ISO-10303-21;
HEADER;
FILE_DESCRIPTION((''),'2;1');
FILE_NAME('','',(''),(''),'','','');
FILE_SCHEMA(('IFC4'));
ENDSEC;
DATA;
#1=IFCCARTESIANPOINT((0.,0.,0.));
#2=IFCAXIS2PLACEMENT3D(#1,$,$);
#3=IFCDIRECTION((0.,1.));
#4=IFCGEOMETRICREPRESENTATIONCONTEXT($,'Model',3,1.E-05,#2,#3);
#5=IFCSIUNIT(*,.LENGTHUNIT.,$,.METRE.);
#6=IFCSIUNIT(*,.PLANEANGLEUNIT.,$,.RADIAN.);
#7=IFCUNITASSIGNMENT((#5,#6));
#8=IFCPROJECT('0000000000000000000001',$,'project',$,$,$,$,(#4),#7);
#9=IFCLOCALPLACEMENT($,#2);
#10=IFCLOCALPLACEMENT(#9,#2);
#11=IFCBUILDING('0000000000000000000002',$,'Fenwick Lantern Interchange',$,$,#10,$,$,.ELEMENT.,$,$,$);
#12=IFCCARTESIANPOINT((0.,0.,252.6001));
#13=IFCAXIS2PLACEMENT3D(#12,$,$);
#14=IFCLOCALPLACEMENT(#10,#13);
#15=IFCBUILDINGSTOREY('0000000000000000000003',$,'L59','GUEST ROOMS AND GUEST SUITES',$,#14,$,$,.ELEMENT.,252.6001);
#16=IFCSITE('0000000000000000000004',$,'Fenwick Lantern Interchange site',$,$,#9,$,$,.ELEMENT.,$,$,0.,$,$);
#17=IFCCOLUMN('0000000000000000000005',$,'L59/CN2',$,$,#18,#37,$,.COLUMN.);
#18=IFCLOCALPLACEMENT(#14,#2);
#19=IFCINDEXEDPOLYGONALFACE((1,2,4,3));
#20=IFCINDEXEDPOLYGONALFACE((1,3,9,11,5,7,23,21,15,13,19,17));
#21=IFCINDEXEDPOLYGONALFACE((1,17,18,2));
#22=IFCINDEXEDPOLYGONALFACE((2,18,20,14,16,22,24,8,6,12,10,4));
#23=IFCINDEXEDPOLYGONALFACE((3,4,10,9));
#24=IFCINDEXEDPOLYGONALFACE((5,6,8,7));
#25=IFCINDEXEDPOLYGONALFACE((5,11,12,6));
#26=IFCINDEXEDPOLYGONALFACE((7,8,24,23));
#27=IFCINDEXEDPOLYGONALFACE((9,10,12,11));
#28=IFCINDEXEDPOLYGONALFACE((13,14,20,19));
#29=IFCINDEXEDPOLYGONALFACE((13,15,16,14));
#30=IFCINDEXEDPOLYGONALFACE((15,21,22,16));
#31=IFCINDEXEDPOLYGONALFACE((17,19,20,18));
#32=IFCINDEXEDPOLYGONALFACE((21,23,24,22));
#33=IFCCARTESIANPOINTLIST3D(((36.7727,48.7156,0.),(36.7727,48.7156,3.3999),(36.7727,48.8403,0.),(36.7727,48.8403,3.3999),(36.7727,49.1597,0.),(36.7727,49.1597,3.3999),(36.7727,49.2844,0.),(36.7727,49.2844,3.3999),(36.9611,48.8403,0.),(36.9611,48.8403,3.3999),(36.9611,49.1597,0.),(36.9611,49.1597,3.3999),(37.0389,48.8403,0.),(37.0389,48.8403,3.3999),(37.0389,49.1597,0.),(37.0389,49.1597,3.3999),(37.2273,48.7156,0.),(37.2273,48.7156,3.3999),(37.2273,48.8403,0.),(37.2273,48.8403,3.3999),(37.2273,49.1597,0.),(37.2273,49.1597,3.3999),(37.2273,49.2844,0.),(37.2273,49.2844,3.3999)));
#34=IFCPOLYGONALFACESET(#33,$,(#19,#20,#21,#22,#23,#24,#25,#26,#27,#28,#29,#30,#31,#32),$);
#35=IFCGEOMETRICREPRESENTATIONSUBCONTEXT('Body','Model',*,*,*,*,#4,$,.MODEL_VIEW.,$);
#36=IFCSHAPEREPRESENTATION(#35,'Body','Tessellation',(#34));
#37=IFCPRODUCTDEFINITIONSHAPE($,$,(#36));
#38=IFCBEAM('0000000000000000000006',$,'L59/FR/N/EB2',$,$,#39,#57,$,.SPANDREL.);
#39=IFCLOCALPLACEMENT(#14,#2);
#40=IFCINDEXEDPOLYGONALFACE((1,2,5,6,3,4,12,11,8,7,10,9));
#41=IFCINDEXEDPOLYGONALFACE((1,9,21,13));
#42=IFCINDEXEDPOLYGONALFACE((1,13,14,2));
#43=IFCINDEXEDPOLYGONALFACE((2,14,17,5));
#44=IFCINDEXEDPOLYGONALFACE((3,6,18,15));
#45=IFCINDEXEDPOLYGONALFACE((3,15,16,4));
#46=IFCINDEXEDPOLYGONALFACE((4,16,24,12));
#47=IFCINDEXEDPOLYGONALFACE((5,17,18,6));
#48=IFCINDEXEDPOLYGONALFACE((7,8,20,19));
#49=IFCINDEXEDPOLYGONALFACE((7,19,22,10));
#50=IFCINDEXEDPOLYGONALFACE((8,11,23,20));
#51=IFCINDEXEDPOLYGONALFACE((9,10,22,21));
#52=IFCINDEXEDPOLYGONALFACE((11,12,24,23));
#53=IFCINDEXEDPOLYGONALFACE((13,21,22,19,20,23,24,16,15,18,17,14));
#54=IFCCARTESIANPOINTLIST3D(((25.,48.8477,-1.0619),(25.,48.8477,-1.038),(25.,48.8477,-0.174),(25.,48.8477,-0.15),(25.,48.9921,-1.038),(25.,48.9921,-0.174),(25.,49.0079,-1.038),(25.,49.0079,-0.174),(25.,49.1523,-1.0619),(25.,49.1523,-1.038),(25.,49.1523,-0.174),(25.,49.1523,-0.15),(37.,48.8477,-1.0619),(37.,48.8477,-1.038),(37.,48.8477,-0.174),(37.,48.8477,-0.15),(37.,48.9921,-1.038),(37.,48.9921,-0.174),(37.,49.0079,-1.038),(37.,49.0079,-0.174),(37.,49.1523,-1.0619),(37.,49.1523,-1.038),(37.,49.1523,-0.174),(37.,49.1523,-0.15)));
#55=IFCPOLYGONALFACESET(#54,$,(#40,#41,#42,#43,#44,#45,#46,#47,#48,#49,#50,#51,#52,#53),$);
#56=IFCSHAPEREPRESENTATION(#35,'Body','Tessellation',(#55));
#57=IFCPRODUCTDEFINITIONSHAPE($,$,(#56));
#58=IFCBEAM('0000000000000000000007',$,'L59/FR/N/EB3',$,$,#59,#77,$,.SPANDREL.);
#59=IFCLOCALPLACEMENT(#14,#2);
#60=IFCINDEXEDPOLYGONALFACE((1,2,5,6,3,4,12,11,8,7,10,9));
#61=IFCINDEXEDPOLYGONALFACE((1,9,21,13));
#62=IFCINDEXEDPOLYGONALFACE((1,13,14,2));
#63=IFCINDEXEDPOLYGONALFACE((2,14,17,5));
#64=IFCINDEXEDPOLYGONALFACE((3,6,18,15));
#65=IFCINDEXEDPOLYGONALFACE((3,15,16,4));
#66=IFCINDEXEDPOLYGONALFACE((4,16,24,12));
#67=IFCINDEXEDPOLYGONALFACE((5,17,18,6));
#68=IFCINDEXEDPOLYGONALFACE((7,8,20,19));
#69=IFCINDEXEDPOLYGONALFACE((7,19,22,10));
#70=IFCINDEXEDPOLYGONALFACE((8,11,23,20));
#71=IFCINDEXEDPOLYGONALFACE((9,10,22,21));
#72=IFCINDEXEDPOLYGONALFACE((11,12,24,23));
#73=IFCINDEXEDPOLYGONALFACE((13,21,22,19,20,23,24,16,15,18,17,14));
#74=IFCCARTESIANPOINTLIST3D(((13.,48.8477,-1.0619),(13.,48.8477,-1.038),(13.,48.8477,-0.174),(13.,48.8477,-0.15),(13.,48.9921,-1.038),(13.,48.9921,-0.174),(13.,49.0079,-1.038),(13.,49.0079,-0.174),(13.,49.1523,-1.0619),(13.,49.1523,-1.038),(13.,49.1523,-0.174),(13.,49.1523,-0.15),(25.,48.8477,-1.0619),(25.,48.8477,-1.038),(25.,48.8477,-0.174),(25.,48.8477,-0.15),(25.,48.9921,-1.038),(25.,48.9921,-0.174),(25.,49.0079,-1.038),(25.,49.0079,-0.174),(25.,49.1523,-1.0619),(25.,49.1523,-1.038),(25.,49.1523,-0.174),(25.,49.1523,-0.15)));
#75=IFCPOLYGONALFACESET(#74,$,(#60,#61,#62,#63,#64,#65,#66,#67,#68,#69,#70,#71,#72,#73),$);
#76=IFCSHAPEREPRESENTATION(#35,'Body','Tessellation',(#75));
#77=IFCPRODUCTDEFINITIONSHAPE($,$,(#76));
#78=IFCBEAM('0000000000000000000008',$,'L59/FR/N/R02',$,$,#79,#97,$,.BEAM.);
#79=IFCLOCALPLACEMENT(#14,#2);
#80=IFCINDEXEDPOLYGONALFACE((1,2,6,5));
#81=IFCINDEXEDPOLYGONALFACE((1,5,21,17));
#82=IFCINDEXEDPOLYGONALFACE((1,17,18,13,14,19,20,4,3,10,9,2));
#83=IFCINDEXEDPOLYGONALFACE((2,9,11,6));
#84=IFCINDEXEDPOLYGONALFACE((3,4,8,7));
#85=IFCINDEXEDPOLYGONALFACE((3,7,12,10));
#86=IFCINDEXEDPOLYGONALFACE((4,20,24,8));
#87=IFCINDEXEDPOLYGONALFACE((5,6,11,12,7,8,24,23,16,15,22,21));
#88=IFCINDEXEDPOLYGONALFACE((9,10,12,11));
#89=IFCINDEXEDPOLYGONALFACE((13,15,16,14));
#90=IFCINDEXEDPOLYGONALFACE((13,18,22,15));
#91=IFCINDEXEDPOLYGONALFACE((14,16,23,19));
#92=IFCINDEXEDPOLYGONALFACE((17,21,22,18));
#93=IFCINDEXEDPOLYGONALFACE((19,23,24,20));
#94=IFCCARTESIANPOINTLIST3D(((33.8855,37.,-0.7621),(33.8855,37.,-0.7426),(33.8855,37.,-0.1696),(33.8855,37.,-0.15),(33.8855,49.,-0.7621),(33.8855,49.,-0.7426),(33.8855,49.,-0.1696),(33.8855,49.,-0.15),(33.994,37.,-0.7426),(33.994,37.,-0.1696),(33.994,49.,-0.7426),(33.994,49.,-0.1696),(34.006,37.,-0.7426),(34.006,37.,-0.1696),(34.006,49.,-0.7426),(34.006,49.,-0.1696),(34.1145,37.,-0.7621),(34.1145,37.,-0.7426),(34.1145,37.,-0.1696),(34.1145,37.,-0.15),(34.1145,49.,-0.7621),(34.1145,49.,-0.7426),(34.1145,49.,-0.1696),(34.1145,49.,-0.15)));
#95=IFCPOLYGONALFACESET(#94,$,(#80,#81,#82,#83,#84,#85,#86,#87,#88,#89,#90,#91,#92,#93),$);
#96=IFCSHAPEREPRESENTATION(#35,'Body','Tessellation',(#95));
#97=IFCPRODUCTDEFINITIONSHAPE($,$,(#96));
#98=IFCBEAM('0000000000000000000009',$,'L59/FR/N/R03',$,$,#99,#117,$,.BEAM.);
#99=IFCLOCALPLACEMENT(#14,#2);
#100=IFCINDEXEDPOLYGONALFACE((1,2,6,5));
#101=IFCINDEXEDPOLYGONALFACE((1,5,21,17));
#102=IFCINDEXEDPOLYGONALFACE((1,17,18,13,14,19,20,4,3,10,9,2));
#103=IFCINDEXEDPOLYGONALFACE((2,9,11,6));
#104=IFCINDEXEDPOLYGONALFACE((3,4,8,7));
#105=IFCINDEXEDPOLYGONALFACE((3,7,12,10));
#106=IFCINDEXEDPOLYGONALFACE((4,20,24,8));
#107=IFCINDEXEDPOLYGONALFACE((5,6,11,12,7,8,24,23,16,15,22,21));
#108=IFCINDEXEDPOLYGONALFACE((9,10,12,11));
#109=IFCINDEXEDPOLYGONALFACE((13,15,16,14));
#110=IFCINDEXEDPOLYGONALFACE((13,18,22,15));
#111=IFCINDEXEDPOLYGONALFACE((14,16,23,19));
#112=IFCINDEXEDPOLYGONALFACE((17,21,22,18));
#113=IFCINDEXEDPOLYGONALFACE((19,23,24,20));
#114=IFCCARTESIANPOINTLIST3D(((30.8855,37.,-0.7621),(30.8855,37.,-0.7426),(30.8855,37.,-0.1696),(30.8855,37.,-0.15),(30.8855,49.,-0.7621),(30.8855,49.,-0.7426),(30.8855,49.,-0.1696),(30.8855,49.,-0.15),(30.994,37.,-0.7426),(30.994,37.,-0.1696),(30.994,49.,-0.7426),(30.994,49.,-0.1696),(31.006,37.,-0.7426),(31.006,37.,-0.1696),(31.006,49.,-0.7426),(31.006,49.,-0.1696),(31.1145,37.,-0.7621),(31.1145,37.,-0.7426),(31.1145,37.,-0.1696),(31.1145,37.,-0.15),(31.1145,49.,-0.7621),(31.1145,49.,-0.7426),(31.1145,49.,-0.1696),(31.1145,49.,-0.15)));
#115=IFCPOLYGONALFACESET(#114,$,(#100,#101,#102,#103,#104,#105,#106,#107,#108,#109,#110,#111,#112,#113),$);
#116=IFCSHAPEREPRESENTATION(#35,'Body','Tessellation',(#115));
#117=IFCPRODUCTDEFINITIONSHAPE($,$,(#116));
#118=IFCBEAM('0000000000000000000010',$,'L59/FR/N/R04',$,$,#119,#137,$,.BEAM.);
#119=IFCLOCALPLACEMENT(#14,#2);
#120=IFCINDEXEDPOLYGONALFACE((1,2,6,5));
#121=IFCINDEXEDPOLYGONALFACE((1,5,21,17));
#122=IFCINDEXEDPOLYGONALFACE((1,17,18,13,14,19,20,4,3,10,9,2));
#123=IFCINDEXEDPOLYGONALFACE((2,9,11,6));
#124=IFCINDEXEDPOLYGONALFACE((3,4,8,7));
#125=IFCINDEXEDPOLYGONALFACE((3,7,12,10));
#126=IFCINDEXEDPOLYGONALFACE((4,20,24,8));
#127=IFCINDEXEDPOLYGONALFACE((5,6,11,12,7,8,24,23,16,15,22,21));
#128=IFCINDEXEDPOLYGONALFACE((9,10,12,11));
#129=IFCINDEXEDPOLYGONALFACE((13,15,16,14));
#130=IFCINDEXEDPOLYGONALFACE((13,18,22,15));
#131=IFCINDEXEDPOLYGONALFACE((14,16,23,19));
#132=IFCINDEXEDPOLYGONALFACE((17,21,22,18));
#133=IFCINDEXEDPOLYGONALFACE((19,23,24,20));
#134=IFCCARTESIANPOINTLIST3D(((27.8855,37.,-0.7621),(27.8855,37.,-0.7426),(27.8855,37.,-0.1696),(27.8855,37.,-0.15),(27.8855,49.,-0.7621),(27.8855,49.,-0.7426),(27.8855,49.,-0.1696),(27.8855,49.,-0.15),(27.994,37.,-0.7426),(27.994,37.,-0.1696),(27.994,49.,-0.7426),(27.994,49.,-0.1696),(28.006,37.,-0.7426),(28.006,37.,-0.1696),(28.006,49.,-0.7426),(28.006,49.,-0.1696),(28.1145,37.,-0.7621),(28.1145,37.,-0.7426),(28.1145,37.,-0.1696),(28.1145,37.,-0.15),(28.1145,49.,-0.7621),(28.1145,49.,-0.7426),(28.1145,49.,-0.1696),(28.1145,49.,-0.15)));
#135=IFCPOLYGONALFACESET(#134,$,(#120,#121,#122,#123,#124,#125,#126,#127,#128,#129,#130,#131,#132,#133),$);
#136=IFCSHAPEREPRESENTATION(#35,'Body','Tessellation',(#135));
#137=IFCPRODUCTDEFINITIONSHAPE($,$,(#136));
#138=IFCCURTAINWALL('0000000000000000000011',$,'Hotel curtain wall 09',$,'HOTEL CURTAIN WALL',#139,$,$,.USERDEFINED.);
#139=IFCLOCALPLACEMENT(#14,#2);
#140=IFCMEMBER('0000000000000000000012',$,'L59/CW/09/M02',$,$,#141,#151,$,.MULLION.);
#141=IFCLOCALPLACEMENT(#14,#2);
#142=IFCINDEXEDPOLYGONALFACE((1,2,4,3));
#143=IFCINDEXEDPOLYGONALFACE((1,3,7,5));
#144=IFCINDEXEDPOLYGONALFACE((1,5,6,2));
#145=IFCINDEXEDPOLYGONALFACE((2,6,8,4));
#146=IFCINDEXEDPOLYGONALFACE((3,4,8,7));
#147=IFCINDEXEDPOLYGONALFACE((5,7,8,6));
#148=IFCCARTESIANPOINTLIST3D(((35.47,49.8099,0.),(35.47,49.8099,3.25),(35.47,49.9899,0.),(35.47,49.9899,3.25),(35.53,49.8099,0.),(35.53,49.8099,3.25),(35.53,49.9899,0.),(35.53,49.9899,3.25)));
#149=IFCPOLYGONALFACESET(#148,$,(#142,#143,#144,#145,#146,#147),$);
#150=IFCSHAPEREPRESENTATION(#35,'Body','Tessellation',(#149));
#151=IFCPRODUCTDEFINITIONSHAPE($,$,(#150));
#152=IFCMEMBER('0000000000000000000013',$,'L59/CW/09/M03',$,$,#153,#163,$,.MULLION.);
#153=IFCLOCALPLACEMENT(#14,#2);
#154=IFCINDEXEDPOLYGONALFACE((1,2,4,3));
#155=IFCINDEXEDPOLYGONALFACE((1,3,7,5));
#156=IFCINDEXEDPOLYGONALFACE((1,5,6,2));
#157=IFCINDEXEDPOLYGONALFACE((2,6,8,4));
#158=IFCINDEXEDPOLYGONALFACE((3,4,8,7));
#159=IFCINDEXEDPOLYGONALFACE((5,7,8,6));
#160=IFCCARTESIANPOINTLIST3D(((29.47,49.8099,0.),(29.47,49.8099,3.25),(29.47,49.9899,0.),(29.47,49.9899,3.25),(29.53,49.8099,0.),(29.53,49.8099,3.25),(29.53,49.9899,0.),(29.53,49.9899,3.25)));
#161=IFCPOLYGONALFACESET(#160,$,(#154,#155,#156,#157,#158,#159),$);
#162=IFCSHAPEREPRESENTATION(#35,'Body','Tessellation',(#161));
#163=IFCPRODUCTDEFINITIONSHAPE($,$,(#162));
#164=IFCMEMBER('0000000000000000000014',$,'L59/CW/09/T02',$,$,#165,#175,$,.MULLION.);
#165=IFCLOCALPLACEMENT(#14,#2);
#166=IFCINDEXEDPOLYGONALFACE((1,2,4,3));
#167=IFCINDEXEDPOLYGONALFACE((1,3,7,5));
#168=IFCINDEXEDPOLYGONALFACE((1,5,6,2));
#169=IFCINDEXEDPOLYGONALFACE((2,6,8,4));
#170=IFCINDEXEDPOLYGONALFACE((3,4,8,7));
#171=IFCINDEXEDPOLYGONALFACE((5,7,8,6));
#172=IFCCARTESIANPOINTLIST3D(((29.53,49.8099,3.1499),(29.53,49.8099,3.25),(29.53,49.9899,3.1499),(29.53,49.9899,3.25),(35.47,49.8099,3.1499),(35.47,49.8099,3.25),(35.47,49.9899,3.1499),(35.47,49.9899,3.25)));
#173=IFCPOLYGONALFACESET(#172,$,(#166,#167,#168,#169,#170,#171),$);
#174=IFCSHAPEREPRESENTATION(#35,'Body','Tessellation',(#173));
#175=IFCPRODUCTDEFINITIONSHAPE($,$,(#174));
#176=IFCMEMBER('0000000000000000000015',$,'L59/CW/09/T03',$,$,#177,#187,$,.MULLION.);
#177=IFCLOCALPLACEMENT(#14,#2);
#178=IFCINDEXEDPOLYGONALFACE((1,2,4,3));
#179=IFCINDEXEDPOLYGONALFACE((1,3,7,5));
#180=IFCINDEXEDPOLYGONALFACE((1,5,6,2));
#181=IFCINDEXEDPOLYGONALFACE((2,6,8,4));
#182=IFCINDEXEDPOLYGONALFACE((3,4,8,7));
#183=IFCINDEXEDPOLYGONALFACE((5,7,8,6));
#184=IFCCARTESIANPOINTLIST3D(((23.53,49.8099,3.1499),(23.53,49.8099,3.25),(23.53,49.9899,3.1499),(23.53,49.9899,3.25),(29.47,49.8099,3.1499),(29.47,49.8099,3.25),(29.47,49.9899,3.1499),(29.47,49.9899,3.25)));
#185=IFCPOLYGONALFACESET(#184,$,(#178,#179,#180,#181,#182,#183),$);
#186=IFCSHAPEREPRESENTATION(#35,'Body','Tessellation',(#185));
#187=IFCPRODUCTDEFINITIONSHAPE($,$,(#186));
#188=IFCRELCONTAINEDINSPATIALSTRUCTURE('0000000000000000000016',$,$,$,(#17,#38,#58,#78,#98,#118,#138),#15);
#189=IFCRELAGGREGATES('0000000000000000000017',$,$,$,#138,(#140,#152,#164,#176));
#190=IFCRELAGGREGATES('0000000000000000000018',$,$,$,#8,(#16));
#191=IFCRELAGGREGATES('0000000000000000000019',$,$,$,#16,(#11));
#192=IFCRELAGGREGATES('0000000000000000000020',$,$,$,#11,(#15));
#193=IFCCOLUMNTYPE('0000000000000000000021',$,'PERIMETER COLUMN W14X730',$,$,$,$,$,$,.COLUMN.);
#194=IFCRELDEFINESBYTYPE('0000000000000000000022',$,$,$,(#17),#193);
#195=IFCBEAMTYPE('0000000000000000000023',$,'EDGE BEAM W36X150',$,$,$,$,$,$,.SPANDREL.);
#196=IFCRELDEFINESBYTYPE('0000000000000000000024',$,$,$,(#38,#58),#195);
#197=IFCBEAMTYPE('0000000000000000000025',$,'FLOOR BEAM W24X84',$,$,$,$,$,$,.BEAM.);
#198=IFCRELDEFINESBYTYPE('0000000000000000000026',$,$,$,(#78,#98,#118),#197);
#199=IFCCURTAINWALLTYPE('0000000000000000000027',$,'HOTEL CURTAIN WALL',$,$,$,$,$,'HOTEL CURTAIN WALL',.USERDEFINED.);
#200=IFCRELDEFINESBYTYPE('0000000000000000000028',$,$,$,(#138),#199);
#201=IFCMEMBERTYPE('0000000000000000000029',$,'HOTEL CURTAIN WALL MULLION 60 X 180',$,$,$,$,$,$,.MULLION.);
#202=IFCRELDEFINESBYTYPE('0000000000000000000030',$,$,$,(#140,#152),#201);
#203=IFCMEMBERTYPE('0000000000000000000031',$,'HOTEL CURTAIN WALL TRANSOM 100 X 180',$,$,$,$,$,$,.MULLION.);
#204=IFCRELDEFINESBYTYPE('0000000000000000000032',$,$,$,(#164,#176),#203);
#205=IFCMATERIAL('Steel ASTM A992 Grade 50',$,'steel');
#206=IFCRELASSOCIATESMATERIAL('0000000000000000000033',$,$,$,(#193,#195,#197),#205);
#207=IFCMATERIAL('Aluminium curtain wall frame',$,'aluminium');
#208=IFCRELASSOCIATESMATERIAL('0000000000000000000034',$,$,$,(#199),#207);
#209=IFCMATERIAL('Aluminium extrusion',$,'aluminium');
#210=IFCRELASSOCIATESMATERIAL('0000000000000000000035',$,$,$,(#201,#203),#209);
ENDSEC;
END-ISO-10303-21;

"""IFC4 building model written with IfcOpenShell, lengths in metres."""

from ifc_helpers import new_model, si_unit, direction, frame, origin, origin_2d, place, context, subcontext, project, spatial, rectangle, i_section, extrude, material, material_profile, profile_set, type_object, element, aggregate, save


model = new_model("IFC4")

# Units and contexts
model_context = context("Model", 3, precision=1e-05, world=origin(), true_north=direction((0.0, 1.0)))
body_context = subcontext(model_context, "Body", "Model", "MODEL_VIEW")
ifc_project = project(units=[si_unit("LENGTHUNIT", "METRE"), si_unit("PLANEANGLEUNIT", "RADIAN")], contexts=[model_context])

# Site, building, storey
site_placement = place(None, origin())
site = spatial("IfcSite", under=ifc_project, at=site_placement, Name="Fenwick Lantern Interchange site", CompositionType="ELEMENT", RefElevation=0.0)
building_placement = place(site_placement, origin())
building = spatial("IfcBuilding", under=site, at=building_placement, Name="Fenwick Lantern Interchange", CompositionType="ELEMENT")
storey_placement = place(building_placement, frame((0.0, 0.0, 252.6001)))
storey = spatial("IfcBuildingStorey", under=building, at=storey_placement, Name="L59", Description="GUEST ROOMS AND GUEST SUITES", CompositionType="ELEMENT", Elevation=252.6001)

# Column
ifc_material_1 = material(Name="Steel ASTM A992 Grade 50", Category="steel")
ifc_material_profile_1 = material_profile(ifc_material_1, i_section(OverallWidth=0.4546, OverallDepth=0.5688, WebThickness=0.0779, FlangeThickness=0.1248, at=origin_2d()), Name="W14X730")
ifc_profile_set_1 = profile_set([ifc_material_profile_1], Name="Steel ASTM A992 Grade 50")
column_type = type_object("IfcColumnType", Name="PERIMETER COLUMN W14X730", PredefinedType="COLUMN", material=ifc_profile_set_1)
column_placement = place(storey_placement, frame((37.0, 49.0, 0.0), z_axis=(0.0, 0.0, 1.0), x_axis=(1.0, 0.0, 0.0)))
element("IfcColumn", 1, at=column_placement, inside=storey, type_object=column_type, Name="L59/CN2", PredefinedType="COLUMN", context=body_context, shape_type="SweptSolid", body=[
    extrude(i_section(OverallWidth=0.4546, OverallDepth=0.5688, WebThickness=0.0779, FlangeThickness=0.1248, at=origin_2d()), origin(), (0.0, 0.0, 1.0), 3.3999),
])

# Beams
ifc_material_profile_2 = material_profile(ifc_material_1, i_section(OverallWidth=0.3047, OverallDepth=0.9119, WebThickness=0.0159, FlangeThickness=0.0239, at=origin_2d()), Name="W36X150")
ifc_profile_set_2 = profile_set([ifc_material_profile_2], Name="Steel ASTM A992 Grade 50")
beam_type_1 = type_object("IfcBeamType", Name="EDGE BEAM W36X150", PredefinedType="SPANDREL", material=ifc_profile_set_2)
for number, where, z_axis, x_axis, name in (
    (2, (37.0, 49.0, -0.606), (-1.0, 0.0, 0.0), (0.0, -1.0, 0.0), "L59/FR/N/EB2"),
    (3, (25.0, 49.0, -0.606), (-1.0, 0.0, 0.0), (0.0, -1.0, 0.0), "L59/FR/N/EB3"),
):
    element("IfcBeam", number, at=place(storey_placement, frame(where, z_axis=z_axis, x_axis=x_axis)), inside=storey, type_object=beam_type_1, Name=name, PredefinedType="SPANDREL", context=body_context, shape_type="SweptSolid", body=[
        extrude(i_section(OverallWidth=0.3047, OverallDepth=0.9119, WebThickness=0.0159, FlangeThickness=0.0239, at=origin_2d()), origin(), (0.0, 0.0, 1.0), 12.0),
    ])
ifc_material_profile_3 = material_profile(ifc_material_1, i_section(OverallWidth=0.229, OverallDepth=0.6121, WebThickness=0.012, FlangeThickness=0.0195, at=origin_2d()), Name="W24X84")
ifc_profile_set_3 = profile_set([ifc_material_profile_3], Name="Steel ASTM A992 Grade 50")
beam_type_2 = type_object("IfcBeamType", Name="FLOOR BEAM W24X84", PredefinedType="BEAM", material=ifc_profile_set_3)
for number, where, z_axis, x_axis, name in (
    (4, (34.0, 49.0, -0.4561), (0.0, -1.0, 0.0), (1.0, 0.0, 0.0), "L59/FR/N/R02"),
    (5, (31.0, 49.0, -0.4561), (0.0, -1.0, 0.0), (1.0, 0.0, 0.0), "L59/FR/N/R03"),
    (6, (28.0, 49.0, -0.4561), (0.0, -1.0, 0.0), (1.0, 0.0, 0.0), "L59/FR/N/R04"),
):
    element("IfcBeam", number, at=place(storey_placement, frame(where, z_axis=z_axis, x_axis=x_axis)), inside=storey, type_object=beam_type_2, Name=name, PredefinedType="BEAM", context=body_context, shape_type="SweptSolid", body=[
        extrude(i_section(OverallWidth=0.229, OverallDepth=0.6121, WebThickness=0.012, FlangeThickness=0.0195, at=origin_2d()), origin(), (0.0, 0.0, 1.0), 12.0),
    ])

# Curtain wall, members
ifc_material_2 = material(Name="Aluminium curtain wall frame", Category="aluminium")
curtain_wall_type = type_object("IfcCurtainWallType", Name="HOTEL CURTAIN WALL", ElementType="HOTEL CURTAIN WALL", PredefinedType="USERDEFINED", material=ifc_material_2)
curtain_wall_placement = place(storey_placement, origin())
curtain_wall = element("IfcCurtainWall", 7, at=curtain_wall_placement, inside=storey, type_object=curtain_wall_type, Name="Hotel curtain wall 09", ObjectType="HOTEL CURTAIN WALL", PredefinedType="USERDEFINED")
ifc_material_3 = material(Name="Aluminium extrusion", Category="aluminium")
ifc_material_profile_4 = material_profile(ifc_material_3, rectangle(XDim=0.1799, YDim=0.0601, at=origin_2d()), Name="HOTEL CURTAIN WALL MULLION 60 X 180")
ifc_profile_set_4 = profile_set([ifc_material_profile_4], Name="Aluminium extrusion")
member_type_1 = type_object("IfcMemberType", Name="HOTEL CURTAIN WALL MULLION 60 X 180", PredefinedType="MULLION", material=ifc_profile_set_4)
member_1_placement = place(storey_placement, frame((35.5, 49.8999, 0.0), z_axis=(0.0, 0.0, 1.0), x_axis=(0.0, -1.0, 0.0)))
member_1 = element("IfcMember", 8, at=member_1_placement, type_object=member_type_1, Name="L59/CW/09/M02", PredefinedType="MULLION", context=body_context, shape_type="SweptSolid", body=[
    extrude(rectangle(XDim=0.1799, YDim=0.0601, at=origin_2d()), origin(), (0.0, 0.0, 1.0), 3.25),
])
member_2_placement = place(storey_placement, frame((29.5, 49.8999, 0.0), z_axis=(0.0, 0.0, 1.0), x_axis=(0.0, -1.0, 0.0)))
member_2 = element("IfcMember", 9, at=member_2_placement, type_object=member_type_1, Name="L59/CW/09/M03", PredefinedType="MULLION", context=body_context, shape_type="SweptSolid", body=[
    extrude(rectangle(XDim=0.1799, YDim=0.0601, at=origin_2d()), origin(), (0.0, 0.0, 1.0), 3.25),
])
ifc_material_profile_5 = material_profile(ifc_material_3, rectangle(XDim=0.1799, YDim=0.1001, at=origin_2d()), Name="HOTEL CURTAIN WALL TRANSOM 100 X 180")
ifc_profile_set_5 = profile_set([ifc_material_profile_5], Name="Aluminium extrusion")
member_type_2 = type_object("IfcMemberType", Name="HOTEL CURTAIN WALL TRANSOM 100 X 180", PredefinedType="MULLION", material=ifc_profile_set_5)
member_3_placement = place(storey_placement, frame((35.47, 49.8999, 3.2), z_axis=(-1.0, 0.0, 0.0), x_axis=(0.0, -1.0, 0.0)))
member_3 = element("IfcMember", 10, at=member_3_placement, type_object=member_type_2, Name="L59/CW/09/T02", PredefinedType="MULLION", context=body_context, shape_type="SweptSolid", body=[
    extrude(rectangle(XDim=0.1799, YDim=0.1001, at=origin_2d()), origin(), (0.0, 0.0, 1.0), 5.9399),
])
member_4_placement = place(storey_placement, frame((29.47, 49.8999, 3.2), z_axis=(-1.0, 0.0, 0.0), x_axis=(0.0, -1.0, 0.0)))
member_4 = element("IfcMember", 11, at=member_4_placement, type_object=member_type_2, Name="L59/CW/09/T03", PredefinedType="MULLION", context=body_context, shape_type="SweptSolid", body=[
    extrude(rectangle(XDim=0.1799, YDim=0.1001, at=origin_2d()), origin(), (0.0, 0.0, 1.0), 5.9399),
])

aggregate(curtain_wall, [member_1, member_2, member_3, member_4])

save(model, "model.ifc")
